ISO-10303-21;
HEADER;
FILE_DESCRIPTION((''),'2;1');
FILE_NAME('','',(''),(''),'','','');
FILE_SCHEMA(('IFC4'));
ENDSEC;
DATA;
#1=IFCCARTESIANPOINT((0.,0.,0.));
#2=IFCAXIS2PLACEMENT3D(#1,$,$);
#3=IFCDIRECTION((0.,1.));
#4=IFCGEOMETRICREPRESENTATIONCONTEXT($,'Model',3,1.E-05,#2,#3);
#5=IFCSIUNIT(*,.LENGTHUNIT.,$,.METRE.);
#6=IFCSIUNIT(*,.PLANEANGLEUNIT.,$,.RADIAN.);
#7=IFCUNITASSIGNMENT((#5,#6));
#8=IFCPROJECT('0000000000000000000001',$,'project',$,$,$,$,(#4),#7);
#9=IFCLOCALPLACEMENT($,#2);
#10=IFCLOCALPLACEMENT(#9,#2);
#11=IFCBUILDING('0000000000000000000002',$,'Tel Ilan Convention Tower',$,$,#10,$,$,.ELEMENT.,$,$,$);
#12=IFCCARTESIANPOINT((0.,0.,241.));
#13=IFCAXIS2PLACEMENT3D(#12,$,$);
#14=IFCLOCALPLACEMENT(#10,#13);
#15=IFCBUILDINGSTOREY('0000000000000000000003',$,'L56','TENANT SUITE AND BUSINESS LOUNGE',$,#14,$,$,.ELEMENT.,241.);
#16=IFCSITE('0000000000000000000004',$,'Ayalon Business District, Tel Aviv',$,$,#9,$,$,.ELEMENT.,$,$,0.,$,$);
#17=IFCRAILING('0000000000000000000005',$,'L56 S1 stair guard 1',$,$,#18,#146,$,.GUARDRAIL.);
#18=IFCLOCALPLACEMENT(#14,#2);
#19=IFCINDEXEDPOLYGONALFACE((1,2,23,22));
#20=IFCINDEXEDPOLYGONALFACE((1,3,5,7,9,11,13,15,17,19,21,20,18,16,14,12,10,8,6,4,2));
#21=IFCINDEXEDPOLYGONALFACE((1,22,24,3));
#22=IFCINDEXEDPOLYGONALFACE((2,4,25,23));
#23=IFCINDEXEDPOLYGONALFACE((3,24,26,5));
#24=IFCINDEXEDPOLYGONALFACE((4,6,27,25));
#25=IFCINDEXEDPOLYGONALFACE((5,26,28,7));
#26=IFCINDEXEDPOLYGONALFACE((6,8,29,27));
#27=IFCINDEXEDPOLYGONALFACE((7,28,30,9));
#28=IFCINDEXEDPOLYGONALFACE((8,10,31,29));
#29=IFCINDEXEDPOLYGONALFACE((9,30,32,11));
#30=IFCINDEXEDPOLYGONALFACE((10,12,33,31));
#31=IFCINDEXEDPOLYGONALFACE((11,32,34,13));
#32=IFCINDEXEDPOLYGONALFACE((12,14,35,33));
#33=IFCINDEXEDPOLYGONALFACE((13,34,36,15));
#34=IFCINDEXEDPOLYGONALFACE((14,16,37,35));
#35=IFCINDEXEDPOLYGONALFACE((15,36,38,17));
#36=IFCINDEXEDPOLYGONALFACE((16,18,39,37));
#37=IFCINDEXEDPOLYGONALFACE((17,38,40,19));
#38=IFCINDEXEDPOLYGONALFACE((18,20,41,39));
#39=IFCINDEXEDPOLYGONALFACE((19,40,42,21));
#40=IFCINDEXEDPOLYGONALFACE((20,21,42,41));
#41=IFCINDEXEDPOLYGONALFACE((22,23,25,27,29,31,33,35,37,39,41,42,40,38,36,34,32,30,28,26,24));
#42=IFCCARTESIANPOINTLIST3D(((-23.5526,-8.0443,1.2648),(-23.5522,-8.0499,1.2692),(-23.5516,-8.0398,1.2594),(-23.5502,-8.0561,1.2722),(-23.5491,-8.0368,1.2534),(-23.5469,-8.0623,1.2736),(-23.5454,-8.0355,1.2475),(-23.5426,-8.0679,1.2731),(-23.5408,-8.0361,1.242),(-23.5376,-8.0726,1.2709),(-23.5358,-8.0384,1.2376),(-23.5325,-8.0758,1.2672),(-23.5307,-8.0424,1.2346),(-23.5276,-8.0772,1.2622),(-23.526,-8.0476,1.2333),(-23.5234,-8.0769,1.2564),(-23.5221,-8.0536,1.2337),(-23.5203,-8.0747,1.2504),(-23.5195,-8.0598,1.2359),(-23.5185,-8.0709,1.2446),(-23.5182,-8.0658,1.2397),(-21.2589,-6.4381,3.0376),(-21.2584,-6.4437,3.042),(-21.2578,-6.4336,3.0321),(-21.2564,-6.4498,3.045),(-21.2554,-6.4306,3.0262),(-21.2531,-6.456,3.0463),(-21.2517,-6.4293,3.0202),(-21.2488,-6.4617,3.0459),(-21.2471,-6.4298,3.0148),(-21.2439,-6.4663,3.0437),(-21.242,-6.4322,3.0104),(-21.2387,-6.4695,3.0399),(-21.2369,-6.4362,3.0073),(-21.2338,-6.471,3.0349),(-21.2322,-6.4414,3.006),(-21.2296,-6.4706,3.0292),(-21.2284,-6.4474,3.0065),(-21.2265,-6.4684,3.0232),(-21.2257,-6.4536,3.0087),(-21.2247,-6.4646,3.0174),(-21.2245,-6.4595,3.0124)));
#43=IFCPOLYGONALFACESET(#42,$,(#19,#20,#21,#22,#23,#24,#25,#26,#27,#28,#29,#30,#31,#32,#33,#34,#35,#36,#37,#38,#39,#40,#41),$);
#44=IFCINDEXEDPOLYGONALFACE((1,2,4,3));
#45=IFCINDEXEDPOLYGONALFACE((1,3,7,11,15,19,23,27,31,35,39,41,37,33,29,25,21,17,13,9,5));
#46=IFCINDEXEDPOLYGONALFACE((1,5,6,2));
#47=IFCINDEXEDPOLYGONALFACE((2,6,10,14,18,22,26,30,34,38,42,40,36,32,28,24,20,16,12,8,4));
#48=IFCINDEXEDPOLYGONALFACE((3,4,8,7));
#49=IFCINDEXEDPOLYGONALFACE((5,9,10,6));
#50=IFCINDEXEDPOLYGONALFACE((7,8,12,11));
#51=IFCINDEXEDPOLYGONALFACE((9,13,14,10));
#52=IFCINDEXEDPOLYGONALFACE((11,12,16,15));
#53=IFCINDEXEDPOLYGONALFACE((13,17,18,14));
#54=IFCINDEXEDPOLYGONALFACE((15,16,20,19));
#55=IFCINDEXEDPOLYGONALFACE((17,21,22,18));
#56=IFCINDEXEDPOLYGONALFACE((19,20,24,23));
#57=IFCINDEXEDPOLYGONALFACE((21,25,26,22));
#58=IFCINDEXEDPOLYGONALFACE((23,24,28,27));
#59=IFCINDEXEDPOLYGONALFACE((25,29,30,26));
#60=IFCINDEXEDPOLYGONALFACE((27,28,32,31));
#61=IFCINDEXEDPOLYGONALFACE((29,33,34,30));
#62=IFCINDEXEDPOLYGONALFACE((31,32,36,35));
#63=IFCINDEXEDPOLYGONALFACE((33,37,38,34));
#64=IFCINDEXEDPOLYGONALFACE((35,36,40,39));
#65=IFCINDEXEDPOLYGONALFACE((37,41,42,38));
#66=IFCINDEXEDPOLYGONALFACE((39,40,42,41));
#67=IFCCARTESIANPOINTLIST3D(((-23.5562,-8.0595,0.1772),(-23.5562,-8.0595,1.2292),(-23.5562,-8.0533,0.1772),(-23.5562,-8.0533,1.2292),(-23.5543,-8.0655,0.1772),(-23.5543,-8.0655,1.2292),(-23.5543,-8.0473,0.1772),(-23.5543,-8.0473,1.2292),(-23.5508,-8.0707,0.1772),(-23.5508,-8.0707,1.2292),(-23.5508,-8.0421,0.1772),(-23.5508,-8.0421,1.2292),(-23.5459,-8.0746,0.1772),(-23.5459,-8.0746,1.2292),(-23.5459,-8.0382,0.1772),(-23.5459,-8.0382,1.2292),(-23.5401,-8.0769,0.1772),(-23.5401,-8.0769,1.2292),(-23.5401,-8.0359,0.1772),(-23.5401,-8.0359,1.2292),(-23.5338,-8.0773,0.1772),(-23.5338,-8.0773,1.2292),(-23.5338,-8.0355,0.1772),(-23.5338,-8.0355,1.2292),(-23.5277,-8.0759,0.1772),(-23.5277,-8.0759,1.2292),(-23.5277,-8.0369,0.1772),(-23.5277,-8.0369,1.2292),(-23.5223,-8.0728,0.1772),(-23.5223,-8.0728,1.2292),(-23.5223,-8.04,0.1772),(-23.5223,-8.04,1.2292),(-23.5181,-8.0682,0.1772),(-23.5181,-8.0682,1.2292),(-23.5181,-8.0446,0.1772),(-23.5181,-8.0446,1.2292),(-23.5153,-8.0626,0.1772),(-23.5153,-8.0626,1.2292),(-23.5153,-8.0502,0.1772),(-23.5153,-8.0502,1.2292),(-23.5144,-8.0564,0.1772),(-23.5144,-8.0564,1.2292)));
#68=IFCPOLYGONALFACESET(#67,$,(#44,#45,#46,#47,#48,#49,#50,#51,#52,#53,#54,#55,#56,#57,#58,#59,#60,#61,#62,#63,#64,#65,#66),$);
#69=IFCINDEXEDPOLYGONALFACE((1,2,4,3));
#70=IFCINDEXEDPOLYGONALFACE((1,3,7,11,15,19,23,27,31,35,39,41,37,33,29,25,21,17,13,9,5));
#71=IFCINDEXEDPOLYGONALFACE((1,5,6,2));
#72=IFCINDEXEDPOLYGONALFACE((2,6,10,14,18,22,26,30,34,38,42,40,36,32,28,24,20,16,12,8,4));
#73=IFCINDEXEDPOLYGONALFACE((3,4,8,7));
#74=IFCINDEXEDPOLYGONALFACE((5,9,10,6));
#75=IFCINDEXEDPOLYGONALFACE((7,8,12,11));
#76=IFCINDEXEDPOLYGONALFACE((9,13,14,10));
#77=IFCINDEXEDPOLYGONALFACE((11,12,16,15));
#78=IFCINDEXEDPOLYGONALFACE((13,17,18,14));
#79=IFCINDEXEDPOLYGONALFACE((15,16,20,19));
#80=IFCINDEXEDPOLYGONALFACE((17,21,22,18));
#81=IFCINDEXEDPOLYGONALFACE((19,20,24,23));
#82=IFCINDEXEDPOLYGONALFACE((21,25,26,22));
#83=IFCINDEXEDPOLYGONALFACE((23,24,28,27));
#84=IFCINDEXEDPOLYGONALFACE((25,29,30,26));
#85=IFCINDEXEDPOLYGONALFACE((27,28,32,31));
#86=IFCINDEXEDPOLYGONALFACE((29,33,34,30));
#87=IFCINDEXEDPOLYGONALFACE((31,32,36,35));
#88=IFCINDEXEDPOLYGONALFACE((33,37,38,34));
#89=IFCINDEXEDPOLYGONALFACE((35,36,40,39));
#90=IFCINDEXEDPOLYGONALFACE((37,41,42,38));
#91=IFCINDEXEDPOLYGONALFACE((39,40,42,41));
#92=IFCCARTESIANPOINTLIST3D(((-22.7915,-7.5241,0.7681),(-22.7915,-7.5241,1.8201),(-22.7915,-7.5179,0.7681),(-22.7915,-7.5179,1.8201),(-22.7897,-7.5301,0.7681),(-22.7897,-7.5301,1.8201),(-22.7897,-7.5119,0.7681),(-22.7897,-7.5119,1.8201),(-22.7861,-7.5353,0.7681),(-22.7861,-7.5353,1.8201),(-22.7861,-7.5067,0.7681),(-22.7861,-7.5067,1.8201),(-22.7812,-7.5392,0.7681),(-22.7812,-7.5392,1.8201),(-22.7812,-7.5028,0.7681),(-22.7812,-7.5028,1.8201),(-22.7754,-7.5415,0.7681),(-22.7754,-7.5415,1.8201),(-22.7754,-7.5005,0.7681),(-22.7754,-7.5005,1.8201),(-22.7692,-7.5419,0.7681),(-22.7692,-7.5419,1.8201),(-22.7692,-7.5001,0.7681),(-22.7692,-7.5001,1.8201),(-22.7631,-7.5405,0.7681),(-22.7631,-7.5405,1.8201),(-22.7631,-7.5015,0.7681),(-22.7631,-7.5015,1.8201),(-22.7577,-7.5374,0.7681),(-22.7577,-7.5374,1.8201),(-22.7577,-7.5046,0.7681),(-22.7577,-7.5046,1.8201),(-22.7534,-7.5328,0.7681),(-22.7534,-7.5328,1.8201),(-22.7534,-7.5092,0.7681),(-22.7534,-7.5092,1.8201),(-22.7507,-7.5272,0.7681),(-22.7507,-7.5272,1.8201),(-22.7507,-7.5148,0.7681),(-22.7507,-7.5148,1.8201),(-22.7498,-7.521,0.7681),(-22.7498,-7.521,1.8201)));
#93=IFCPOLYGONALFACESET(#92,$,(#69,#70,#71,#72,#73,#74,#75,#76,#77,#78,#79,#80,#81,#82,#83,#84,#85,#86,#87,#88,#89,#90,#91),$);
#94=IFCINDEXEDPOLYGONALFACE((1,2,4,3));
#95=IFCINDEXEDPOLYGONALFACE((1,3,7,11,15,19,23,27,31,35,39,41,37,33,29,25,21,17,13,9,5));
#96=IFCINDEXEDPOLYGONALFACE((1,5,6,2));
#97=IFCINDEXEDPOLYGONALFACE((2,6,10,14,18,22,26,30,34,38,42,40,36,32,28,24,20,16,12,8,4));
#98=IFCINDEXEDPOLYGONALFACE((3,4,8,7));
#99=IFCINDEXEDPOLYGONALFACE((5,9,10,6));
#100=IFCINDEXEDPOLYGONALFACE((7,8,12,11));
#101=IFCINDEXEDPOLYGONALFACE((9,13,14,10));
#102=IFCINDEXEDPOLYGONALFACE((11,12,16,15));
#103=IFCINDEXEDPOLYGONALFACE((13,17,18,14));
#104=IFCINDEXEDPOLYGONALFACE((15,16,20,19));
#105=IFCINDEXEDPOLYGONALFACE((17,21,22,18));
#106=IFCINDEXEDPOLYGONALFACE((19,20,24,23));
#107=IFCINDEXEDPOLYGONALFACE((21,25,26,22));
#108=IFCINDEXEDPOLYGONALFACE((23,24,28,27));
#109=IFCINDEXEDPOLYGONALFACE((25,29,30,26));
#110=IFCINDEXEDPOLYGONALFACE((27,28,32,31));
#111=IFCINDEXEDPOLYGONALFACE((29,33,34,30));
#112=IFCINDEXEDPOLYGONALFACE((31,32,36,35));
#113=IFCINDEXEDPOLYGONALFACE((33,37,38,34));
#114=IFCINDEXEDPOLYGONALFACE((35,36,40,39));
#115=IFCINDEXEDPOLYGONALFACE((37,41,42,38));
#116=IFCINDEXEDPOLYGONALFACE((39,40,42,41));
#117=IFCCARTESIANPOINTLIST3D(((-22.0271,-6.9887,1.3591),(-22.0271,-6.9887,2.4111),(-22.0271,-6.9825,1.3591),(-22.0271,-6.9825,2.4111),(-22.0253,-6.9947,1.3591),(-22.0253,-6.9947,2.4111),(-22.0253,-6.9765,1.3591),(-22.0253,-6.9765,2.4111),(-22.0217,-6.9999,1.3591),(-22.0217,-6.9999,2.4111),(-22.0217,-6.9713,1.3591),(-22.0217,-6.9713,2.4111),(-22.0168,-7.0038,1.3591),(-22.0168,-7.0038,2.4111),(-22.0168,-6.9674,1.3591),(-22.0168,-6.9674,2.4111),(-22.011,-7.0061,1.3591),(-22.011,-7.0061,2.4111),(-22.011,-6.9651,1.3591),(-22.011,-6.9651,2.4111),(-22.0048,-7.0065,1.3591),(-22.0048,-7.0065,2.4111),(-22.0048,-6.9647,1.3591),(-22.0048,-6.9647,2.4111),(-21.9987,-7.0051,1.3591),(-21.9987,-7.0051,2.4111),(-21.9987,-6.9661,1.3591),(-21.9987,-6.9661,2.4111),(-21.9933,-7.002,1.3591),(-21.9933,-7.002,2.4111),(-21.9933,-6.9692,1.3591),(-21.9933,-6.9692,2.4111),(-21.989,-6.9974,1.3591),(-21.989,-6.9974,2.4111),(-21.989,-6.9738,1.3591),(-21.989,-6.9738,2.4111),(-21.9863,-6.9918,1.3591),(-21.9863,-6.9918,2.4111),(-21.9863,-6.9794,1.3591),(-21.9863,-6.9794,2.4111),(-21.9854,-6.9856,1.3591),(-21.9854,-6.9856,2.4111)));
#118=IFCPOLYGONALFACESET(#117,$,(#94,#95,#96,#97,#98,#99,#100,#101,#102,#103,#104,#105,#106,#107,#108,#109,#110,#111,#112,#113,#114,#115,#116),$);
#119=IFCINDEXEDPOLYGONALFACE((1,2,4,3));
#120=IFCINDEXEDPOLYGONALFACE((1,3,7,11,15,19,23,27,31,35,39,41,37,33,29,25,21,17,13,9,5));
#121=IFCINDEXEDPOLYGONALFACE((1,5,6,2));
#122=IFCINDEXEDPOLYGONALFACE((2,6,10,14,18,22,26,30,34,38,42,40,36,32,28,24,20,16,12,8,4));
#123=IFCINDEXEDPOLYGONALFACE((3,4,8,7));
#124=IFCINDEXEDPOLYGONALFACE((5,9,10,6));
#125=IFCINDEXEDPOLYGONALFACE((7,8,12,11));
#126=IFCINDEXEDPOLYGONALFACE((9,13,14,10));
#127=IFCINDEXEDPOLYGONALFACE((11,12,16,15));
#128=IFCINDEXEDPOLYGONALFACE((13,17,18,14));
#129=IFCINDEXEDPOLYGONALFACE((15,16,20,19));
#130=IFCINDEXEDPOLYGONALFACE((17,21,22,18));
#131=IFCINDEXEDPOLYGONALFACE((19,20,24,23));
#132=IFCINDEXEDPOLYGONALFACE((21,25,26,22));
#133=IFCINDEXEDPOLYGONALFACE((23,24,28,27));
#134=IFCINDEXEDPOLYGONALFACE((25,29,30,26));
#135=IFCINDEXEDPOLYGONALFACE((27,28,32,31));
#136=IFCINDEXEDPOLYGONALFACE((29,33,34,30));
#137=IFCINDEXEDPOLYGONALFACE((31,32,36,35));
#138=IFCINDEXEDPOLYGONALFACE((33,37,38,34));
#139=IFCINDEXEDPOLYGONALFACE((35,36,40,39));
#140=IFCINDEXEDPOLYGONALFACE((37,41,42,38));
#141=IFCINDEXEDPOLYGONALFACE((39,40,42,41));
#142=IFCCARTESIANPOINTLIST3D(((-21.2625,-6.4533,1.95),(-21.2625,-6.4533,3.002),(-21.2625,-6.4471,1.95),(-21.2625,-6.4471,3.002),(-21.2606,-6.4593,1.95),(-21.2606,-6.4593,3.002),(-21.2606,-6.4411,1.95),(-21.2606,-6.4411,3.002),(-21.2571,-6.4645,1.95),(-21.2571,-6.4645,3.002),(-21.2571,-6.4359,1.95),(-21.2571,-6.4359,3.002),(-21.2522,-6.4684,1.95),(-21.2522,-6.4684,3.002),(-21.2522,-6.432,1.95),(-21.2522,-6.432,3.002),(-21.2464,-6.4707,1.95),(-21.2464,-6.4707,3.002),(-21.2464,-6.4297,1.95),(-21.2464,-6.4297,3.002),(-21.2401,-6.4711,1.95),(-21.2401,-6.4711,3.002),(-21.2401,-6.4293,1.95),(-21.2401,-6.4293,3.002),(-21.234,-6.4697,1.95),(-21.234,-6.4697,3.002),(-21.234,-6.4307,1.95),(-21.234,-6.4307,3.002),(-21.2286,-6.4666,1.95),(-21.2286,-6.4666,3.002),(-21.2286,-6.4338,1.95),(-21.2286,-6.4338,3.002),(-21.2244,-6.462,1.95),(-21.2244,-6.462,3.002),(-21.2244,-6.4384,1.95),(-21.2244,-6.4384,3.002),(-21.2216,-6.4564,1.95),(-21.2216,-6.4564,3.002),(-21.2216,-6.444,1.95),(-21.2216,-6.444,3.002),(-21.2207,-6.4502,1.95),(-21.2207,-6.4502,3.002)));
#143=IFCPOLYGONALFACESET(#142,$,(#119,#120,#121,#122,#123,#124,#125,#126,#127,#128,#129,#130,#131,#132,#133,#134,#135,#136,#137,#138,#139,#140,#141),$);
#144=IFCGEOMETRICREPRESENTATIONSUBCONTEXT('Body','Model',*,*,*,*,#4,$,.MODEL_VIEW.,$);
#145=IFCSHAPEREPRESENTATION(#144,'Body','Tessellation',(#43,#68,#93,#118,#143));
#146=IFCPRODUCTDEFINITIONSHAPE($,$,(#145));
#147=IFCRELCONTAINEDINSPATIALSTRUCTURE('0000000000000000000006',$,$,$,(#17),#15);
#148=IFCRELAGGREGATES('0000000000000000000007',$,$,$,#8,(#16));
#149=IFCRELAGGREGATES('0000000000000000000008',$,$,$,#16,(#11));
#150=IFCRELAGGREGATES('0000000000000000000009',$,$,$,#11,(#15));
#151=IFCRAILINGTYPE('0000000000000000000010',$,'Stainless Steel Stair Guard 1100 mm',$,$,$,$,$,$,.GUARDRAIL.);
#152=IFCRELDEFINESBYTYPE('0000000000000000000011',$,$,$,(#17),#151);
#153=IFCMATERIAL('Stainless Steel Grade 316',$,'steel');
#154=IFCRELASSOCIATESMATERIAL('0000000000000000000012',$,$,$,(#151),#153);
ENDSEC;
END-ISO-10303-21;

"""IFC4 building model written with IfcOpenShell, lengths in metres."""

from ifc_helpers import new_model, si_unit, direction, frame, origin, origin_2d, place, context, subcontext, project, spatial, circle, extrude, material, type_object, element, save


model = new_model("IFC4")

# Units and contexts
model_context = context("Model", 3, precision=1e-05, world=origin(), true_north=direction((0.0, 1.0)))
body_context = subcontext(model_context, "Body", "Model", "MODEL_VIEW")
ifc_project = project(units=[si_unit("LENGTHUNIT", "METRE"), si_unit("PLANEANGLEUNIT", "RADIAN")], contexts=[model_context])

# Site, building, storey
site_placement = place(None, origin())
site = spatial("IfcSite", under=ifc_project, at=site_placement, Name="Ayalon Business District, Tel Aviv", CompositionType="ELEMENT", RefElevation=0.0)
building_placement = place(site_placement, origin())
building = spatial("IfcBuilding", under=site, at=building_placement, Name="Tel Ilan Convention Tower", CompositionType="ELEMENT")
storey_placement = place(building_placement, frame((0.0, 0.0, 241.0)))
storey = spatial("IfcBuildingStorey", under=building, at=storey_placement, Name="L56", Description="TENANT SUITE AND BUSINESS LOUNGE", CompositionType="ELEMENT", Elevation=241.0)

# Railing
ifc_material_1 = material(Name="Stainless Steel Grade 316", Category="steel")
railing_type_1 = type_object("IfcRailingType", Name="Stainless Steel Stair Guard 1100 mm", PredefinedType="GUARDRAIL", material=ifc_material_1)
railing_1_placement = place(storey_placement, frame((-23.5354, -8.0564, 0.1772)))
element("IfcRailing", 1, at=railing_1_placement, inside=storey, type_object=railing_type_1, Name="L56 S1 stair guard 1", PredefinedType="GUARDRAIL", context=body_context, shape_type="SweptSolid", body=[
    extrude(circle(Radius=0.0239, at=origin_2d()), frame((0.0, 0.0, 1.0762), z_axis=(0.692098, 0.484653, 0.534894), x_axis=(-0.573609, 0.81913, 0.0)), (0.0, 0.0, 1.0), 3.3142),
    extrude(circle(Radius=0.021, at=origin_2d()), origin(), (0.0, 0.0, 1.0), 1.052),
    extrude(circle(Radius=0.021, at=origin_2d()), frame((0.7646, 0.5354, 0.5908)), (0.0, 0.0, 1.0), 1.052),
    extrude(circle(Radius=0.021, at=origin_2d()), frame((1.5291, 1.0708, 1.1819)), (0.0, 0.0, 1.0), 1.052),
    extrude(circle(Radius=0.021, at=origin_2d()), frame((2.2937, 1.6062, 1.7727)), (0.0, 0.0, 1.0), 1.052),
])

save(model, "model.ifc")
